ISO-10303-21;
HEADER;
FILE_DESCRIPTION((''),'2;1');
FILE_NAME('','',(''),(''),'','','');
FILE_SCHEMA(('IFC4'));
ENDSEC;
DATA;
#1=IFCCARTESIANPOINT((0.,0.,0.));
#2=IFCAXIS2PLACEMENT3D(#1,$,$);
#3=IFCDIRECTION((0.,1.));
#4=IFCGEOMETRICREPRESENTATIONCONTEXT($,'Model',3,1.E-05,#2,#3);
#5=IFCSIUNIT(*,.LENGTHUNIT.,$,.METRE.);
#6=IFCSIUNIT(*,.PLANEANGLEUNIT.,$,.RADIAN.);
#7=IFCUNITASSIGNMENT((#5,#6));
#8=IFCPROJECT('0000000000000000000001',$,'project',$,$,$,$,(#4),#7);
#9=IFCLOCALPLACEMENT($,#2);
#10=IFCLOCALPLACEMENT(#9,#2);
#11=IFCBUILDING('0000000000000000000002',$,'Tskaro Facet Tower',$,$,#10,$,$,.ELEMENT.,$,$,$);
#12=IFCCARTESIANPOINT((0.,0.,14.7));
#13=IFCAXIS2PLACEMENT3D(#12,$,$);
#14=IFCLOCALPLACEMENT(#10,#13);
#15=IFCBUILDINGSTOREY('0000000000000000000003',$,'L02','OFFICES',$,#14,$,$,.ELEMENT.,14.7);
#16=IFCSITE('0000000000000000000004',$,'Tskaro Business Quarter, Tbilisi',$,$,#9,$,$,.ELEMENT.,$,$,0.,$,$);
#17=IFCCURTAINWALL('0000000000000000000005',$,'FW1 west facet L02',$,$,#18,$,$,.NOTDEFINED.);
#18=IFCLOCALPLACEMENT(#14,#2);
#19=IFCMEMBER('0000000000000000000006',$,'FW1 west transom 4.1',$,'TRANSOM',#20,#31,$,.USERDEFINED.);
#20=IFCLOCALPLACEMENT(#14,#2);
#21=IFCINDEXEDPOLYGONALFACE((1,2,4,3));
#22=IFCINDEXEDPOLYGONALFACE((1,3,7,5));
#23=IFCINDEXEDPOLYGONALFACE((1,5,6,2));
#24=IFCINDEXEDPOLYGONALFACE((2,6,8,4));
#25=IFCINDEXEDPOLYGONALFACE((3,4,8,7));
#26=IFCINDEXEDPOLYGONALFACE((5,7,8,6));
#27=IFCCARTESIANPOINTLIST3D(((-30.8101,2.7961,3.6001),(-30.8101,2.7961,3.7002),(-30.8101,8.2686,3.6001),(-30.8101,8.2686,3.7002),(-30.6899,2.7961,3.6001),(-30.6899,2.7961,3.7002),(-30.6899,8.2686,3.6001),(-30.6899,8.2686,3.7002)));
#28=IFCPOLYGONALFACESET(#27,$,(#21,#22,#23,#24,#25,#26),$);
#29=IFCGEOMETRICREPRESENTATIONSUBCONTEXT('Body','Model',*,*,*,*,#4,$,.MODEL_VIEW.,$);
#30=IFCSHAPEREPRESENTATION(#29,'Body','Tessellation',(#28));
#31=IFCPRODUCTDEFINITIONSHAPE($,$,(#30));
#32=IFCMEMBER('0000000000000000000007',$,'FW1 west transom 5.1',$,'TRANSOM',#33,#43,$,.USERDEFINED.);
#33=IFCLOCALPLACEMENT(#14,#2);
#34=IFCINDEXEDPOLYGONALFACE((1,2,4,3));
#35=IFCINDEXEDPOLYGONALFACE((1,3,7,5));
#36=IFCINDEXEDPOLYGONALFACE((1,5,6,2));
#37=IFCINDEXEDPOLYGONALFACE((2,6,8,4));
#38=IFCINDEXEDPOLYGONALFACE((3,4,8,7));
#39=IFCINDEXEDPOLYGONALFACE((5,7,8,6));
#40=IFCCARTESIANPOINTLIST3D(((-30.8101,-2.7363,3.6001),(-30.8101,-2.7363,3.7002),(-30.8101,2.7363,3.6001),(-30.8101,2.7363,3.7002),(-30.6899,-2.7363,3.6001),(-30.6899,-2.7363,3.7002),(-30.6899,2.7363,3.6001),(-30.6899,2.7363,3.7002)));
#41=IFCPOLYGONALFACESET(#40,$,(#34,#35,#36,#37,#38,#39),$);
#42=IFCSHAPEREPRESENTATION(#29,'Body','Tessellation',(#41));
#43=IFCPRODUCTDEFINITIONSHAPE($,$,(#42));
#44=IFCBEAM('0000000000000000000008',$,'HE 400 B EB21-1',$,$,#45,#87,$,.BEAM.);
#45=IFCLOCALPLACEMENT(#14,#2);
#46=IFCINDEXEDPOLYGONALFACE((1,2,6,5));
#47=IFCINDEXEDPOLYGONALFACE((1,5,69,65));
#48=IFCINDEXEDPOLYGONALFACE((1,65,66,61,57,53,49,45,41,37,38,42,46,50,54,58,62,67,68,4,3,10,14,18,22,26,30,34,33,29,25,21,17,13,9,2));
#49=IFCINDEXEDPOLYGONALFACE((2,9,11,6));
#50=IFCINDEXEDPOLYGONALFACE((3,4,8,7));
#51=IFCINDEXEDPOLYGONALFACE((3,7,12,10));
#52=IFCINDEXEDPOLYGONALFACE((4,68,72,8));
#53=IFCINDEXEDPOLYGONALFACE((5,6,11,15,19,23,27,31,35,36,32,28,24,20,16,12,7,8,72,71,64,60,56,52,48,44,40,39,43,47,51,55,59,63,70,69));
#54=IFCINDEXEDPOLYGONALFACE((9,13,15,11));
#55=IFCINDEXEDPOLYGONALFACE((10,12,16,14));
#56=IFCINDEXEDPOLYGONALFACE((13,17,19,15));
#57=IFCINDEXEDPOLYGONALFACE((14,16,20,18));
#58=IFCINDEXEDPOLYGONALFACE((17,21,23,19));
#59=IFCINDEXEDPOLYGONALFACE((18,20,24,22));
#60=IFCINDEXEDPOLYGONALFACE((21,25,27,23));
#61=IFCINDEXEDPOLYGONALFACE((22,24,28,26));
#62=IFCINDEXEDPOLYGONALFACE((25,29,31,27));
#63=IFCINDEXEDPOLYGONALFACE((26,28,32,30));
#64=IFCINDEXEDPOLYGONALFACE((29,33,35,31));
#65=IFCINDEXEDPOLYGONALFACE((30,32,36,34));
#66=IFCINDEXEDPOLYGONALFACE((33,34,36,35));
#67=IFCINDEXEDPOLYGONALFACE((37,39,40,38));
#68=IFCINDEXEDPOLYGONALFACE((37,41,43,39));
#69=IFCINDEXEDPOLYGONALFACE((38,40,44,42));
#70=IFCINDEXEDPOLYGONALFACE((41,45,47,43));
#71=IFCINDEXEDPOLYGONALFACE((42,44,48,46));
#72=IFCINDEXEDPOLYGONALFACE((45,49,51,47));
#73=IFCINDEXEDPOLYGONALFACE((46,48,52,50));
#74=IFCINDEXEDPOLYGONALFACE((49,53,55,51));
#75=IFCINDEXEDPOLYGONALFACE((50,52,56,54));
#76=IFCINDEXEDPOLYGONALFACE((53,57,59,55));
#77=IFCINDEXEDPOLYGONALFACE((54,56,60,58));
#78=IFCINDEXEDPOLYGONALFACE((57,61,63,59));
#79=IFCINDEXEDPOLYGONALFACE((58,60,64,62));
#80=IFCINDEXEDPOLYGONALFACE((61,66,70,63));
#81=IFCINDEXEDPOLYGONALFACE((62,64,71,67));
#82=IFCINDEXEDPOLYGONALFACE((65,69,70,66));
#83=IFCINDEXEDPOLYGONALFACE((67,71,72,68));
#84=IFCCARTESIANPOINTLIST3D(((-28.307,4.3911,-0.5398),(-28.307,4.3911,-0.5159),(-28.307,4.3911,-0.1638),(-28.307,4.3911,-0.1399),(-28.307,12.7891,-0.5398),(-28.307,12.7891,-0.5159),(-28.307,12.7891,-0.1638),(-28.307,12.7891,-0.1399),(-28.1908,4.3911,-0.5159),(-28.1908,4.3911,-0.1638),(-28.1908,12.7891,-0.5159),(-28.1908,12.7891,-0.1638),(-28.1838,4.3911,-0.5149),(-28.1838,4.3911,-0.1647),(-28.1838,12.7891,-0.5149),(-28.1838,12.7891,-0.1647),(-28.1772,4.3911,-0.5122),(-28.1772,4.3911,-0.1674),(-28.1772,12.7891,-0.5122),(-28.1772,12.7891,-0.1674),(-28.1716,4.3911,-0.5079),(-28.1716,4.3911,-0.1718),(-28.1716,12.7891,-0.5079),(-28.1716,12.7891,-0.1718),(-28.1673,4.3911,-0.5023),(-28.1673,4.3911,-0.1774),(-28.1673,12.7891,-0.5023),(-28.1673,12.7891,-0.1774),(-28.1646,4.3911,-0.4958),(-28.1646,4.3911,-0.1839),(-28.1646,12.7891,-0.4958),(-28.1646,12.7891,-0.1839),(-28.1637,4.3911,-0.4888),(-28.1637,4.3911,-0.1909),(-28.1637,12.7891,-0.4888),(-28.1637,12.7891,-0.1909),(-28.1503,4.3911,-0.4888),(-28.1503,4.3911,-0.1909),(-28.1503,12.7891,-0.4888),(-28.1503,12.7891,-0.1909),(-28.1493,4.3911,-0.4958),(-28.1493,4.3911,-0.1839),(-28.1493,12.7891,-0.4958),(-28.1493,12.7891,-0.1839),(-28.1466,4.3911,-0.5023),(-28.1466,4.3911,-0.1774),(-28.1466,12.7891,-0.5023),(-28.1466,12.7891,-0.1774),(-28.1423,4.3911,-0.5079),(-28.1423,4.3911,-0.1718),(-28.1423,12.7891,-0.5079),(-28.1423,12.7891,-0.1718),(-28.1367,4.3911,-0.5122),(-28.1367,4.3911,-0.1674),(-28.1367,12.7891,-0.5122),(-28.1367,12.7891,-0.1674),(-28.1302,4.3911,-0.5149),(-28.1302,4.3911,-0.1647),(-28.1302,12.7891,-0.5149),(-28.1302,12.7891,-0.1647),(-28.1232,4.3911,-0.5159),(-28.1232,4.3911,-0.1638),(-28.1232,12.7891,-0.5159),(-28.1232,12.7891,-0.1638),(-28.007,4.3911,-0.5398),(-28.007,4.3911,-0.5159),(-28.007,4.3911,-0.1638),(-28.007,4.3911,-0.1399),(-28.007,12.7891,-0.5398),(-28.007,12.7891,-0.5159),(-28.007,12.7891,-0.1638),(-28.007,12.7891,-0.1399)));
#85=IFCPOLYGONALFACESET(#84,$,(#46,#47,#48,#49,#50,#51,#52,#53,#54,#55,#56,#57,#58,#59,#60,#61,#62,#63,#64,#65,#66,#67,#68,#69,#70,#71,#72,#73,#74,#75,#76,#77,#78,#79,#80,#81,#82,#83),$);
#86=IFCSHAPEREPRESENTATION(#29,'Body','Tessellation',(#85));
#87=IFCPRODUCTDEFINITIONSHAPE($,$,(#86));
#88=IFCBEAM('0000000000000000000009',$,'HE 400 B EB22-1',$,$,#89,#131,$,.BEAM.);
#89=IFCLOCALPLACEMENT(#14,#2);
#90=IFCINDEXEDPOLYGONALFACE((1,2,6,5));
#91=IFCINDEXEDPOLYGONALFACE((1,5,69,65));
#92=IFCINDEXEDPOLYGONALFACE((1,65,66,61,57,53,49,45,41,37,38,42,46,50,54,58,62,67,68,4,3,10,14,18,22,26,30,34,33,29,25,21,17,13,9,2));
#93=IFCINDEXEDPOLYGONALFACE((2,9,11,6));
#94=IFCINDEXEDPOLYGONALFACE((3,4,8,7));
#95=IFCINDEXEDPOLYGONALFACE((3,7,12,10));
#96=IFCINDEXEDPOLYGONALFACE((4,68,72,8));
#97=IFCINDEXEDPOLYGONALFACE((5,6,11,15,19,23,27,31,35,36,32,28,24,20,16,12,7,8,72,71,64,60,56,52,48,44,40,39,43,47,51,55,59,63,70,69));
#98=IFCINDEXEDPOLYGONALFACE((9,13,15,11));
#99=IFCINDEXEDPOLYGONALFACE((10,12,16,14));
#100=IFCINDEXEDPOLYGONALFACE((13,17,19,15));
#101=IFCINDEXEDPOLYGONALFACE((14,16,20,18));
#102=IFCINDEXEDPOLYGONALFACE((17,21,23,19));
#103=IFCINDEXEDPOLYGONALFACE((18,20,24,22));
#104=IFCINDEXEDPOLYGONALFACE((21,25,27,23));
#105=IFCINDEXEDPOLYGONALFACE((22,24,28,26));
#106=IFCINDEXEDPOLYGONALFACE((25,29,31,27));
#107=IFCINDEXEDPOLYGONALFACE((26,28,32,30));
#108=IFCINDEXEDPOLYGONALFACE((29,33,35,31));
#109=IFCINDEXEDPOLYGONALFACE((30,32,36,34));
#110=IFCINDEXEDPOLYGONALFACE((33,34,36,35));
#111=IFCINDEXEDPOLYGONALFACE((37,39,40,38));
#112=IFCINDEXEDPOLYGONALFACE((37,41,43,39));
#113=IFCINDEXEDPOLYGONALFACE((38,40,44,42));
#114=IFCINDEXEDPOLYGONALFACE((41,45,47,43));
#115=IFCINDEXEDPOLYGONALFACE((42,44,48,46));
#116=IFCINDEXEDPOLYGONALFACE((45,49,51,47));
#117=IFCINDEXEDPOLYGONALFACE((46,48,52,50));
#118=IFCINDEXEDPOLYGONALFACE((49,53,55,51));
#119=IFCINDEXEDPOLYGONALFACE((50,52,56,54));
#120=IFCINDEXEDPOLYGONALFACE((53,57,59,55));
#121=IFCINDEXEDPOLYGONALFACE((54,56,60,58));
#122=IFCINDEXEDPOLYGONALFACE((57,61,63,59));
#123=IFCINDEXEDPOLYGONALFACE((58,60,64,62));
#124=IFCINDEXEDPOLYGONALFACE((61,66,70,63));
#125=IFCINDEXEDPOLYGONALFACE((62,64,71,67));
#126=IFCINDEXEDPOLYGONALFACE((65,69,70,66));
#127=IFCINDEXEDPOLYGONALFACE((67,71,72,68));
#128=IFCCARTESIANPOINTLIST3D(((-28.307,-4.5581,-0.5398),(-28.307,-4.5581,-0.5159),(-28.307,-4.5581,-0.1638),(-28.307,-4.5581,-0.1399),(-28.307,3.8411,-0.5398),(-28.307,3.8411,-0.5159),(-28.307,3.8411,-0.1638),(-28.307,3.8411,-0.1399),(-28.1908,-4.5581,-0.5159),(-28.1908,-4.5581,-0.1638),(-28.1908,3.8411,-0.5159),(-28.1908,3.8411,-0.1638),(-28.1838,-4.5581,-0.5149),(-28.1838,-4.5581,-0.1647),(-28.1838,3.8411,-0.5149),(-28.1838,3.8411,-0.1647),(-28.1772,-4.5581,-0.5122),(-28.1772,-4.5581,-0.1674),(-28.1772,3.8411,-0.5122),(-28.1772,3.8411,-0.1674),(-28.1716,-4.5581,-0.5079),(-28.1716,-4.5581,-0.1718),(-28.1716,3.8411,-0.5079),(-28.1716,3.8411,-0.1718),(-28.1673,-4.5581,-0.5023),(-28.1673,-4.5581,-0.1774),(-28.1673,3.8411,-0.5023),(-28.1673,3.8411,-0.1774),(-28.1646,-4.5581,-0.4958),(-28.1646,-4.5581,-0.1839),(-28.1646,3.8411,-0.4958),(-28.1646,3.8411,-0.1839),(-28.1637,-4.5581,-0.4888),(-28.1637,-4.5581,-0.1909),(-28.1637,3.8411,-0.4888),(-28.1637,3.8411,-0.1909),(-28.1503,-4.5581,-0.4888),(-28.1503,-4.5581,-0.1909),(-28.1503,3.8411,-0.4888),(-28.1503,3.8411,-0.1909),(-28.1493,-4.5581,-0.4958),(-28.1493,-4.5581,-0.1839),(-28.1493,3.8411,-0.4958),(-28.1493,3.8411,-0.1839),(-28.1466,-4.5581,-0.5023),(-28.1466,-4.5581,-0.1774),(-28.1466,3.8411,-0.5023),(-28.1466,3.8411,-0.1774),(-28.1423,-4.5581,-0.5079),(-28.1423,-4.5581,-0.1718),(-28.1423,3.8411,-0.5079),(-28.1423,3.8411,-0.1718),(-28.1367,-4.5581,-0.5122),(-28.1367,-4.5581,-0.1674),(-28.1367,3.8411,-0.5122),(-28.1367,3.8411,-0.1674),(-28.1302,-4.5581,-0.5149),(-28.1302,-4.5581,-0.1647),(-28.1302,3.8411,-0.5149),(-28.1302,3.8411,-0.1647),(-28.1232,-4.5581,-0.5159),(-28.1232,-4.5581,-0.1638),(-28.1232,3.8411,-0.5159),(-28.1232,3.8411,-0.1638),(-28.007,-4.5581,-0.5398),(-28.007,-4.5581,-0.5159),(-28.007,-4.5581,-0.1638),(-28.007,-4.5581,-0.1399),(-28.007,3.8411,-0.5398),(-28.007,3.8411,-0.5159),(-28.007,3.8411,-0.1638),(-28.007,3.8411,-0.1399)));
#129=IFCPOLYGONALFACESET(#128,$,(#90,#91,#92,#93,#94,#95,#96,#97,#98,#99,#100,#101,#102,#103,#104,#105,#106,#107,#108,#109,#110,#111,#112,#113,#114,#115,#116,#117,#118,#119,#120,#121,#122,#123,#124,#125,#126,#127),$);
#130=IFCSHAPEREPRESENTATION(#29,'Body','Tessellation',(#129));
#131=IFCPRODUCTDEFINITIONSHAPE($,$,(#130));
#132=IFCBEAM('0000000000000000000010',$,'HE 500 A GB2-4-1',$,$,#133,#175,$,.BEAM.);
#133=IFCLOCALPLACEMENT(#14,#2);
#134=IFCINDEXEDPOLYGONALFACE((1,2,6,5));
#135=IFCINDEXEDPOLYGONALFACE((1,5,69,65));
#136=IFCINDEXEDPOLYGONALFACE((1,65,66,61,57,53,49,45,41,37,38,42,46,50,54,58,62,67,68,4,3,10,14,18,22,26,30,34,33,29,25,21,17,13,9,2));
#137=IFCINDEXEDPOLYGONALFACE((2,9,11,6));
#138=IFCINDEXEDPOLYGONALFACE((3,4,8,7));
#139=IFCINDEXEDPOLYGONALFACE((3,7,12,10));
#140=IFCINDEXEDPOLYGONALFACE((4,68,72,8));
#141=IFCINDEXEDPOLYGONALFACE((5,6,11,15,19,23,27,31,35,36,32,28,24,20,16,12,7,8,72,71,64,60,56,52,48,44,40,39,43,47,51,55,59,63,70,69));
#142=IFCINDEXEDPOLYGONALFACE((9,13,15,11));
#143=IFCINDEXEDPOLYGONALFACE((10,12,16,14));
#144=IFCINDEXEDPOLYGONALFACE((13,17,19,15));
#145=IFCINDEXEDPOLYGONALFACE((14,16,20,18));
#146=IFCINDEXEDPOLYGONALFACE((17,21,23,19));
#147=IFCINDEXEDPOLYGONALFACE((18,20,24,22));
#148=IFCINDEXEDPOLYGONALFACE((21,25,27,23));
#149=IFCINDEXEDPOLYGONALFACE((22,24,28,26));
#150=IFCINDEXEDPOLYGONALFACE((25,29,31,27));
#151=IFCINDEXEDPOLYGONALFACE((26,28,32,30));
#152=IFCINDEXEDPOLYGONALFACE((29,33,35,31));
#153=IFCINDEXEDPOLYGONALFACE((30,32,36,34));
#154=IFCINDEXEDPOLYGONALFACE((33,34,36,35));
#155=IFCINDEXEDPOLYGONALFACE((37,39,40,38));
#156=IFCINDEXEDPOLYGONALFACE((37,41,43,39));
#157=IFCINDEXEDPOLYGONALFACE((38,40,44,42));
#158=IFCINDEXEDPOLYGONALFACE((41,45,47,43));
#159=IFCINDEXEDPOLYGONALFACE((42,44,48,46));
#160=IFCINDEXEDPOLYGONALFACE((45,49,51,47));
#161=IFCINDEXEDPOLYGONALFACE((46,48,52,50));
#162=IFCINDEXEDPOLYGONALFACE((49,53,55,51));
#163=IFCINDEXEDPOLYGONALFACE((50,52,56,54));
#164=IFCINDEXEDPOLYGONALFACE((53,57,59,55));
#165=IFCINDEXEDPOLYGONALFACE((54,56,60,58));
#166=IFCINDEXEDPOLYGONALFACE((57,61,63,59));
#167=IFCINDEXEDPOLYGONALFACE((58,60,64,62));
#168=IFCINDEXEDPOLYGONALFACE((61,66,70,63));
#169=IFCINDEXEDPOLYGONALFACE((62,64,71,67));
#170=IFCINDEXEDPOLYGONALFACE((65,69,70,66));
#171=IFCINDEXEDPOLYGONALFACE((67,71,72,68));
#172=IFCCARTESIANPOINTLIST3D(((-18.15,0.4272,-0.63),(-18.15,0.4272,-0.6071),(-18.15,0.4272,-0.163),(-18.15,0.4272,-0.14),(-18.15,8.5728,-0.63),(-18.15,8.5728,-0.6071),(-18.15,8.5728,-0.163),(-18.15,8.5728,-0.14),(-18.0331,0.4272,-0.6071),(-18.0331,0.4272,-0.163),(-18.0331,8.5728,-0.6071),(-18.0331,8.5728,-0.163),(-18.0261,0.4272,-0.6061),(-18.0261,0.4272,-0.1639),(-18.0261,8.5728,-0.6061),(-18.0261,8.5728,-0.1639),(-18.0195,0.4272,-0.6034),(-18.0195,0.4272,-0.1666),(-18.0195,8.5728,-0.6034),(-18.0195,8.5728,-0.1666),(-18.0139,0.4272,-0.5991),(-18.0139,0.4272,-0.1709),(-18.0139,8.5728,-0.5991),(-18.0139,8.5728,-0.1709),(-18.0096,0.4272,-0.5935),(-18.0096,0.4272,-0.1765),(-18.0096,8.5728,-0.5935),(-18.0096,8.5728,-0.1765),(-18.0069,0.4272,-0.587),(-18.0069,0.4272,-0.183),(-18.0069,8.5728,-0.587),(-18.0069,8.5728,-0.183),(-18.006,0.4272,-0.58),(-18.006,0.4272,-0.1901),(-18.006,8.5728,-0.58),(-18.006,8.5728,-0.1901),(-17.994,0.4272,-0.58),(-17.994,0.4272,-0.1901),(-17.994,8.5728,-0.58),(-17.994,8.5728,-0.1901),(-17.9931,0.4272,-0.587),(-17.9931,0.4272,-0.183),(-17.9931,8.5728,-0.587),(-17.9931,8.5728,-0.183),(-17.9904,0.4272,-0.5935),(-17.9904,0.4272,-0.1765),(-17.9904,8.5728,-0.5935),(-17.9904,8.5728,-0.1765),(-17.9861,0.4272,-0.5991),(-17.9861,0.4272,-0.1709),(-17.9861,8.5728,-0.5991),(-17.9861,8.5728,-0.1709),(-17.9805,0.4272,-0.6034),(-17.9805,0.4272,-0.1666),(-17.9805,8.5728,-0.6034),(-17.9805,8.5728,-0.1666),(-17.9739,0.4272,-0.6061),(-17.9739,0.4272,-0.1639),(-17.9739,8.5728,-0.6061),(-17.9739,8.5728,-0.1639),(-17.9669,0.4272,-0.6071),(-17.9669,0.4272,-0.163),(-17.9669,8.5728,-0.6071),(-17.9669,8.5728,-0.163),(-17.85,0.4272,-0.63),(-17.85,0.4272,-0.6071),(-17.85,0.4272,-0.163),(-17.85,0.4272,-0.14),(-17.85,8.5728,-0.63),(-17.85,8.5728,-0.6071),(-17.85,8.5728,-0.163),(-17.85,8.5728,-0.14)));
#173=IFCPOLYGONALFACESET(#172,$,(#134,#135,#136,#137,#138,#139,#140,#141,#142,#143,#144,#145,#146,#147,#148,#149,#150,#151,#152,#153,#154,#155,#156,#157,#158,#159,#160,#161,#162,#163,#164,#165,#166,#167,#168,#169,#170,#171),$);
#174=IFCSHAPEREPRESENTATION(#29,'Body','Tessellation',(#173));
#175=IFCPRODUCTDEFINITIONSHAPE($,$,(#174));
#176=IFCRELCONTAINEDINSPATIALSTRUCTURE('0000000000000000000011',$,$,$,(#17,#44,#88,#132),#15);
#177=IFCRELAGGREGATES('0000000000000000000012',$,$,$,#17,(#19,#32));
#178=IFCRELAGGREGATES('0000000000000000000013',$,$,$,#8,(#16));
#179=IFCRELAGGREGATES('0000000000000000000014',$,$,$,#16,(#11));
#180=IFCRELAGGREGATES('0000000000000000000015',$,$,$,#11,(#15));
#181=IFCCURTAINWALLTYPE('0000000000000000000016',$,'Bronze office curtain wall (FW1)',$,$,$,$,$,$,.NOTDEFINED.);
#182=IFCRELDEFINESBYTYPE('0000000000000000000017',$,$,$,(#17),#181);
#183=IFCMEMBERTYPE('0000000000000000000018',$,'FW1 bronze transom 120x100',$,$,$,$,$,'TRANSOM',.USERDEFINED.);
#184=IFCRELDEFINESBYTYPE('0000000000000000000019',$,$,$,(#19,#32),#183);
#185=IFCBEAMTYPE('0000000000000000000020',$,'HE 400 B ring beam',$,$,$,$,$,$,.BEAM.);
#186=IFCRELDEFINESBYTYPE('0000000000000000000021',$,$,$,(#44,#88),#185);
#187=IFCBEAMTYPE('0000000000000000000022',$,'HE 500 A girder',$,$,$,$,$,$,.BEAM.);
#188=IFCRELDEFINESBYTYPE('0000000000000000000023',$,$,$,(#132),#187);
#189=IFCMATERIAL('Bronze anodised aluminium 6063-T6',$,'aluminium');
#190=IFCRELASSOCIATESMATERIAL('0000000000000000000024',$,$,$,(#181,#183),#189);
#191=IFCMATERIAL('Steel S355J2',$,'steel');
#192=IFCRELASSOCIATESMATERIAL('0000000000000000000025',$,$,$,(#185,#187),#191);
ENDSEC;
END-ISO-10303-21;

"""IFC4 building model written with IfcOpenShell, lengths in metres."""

from ifc_helpers import new_model, si_unit, direction, frame, origin, origin_2d, place, context, subcontext, project, spatial, rectangle, i_section, extrude, material, material_profile, profile_set, type_object, element, aggregate, save


model = new_model("IFC4")

# Units and contexts
model_context = context("Model", 3, precision=1e-05, world=origin(), true_north=direction((0.0, 1.0)))
body_context = subcontext(model_context, "Body", "Model", "MODEL_VIEW")
ifc_project = project(units=[si_unit("LENGTHUNIT", "METRE"), si_unit("PLANEANGLEUNIT", "RADIAN")], contexts=[model_context])

# Site, building, storey
site_placement = place(None, origin())
site = spatial("IfcSite", under=ifc_project, at=site_placement, Name="Tskaro Business Quarter, Tbilisi", CompositionType="ELEMENT", RefElevation=0.0)
building_placement = place(site_placement, origin())
building = spatial("IfcBuilding", under=site, at=building_placement, Name="Tskaro Facet Tower", CompositionType="ELEMENT")
storey_placement = place(building_placement, frame((0.0, 0.0, 14.7)))
storey = spatial("IfcBuildingStorey", under=building, at=storey_placement, Name="L02", Description="OFFICES", CompositionType="ELEMENT", Elevation=14.7)

# Curtain wall, members
ifc_material_1 = material(Name="Bronze anodised aluminium 6063-T6", Category="aluminium")
curtain_wall_type = type_object("IfcCurtainWallType", Name="Bronze office curtain wall (FW1)", PredefinedType="NOTDEFINED", material=ifc_material_1)
curtain_wall_placement = place(storey_placement, origin())
curtain_wall = element("IfcCurtainWall", 1, at=curtain_wall_placement, inside=storey, type_object=curtain_wall_type, Name="FW1 west facet L02", PredefinedType="NOTDEFINED")
ifc_material_profile_1 = material_profile(ifc_material_1, rectangle(XDim=0.1201, YDim=0.1001, at=origin_2d()), Name="Transom 120x100")
ifc_profile_set_1 = profile_set([ifc_material_profile_1], Name="Bronze anodised aluminium 6063-T6")
member_type_1 = type_object("IfcMemberType", Name="FW1 bronze transom 120x100", ElementType="TRANSOM", PredefinedType="USERDEFINED", material=ifc_profile_set_1)
member_1_placement = place(storey_placement, frame((-30.75, 8.2686, 3.6501), z_axis=(0.0, -1.0, 0.0), x_axis=(1.0, 0.0, 0.0)))
member_1 = element("IfcMember", 2, at=member_1_placement, type_object=member_type_1, Name="FW1 west transom 4.1", ObjectType="TRANSOM", PredefinedType="USERDEFINED", context=body_context, shape_type="SweptSolid", body=[
    extrude(rectangle(XDim=0.1201, YDim=0.1001, at=origin_2d()), origin(), (0.0, 0.0, 1.0), 5.4724),
])
member_2_placement = place(storey_placement, frame((-30.75, 2.7363, 3.6501), z_axis=(0.0, -1.0, 0.0), x_axis=(1.0, 0.0, 0.0)))
member_2 = element("IfcMember", 3, at=member_2_placement, type_object=member_type_1, Name="FW1 west transom 5.1", ObjectType="TRANSOM", PredefinedType="USERDEFINED", context=body_context, shape_type="SweptSolid", body=[
    extrude(rectangle(XDim=0.1201, YDim=0.1001, at=origin_2d()), origin(), (0.0, 0.0, 1.0), 5.4727),
])

# Beams
ifc_material_2 = material(Name="Steel S355J2", Category="steel")
ifc_material_profile_2 = material_profile(ifc_material_2, i_section(OverallWidth=0.3, OverallDepth=0.3999, WebThickness=0.0134, FlangeThickness=0.0239, FilletRadius=0.0271, at=origin_2d()), Name="HE 400 B")
ifc_profile_set_2 = profile_set([ifc_material_profile_2], Name="Steel S355J2")
beam_type_1 = type_object("IfcBeamType", Name="HE 400 B ring beam", PredefinedType="BEAM", material=ifc_profile_set_2)
beam_1_placement = place(storey_placement, frame((-28.157, 12.7891, -0.3398), z_axis=(0.0, -1.0, 0.0), x_axis=(1.0, 0.0, 0.0)))
element("IfcBeam", 4, at=beam_1_placement, inside=storey, type_object=beam_type_1, Name="HE 400 B EB21-1", PredefinedType="BEAM", context=body_context, shape_type="SweptSolid", body=[
    extrude(i_section(OverallWidth=0.3, OverallDepth=0.3999, WebThickness=0.0134, FlangeThickness=0.0239, FilletRadius=0.0271, at=origin_2d()), origin(), (0.0, 0.0, 1.0), 8.3979),
])
beam_2_placement = place(storey_placement, frame((-28.157, 3.8411, -0.3398), z_axis=(0.0, -1.0, 0.0), x_axis=(1.0, 0.0, 0.0)))
element("IfcBeam", 5, at=beam_2_placement, inside=storey, type_object=beam_type_1, Name="HE 400 B EB22-1", PredefinedType="BEAM", context=body_context, shape_type="SweptSolid", body=[
    extrude(i_section(OverallWidth=0.3, OverallDepth=0.3999, WebThickness=0.0134, FlangeThickness=0.0239, FilletRadius=0.0271, at=origin_2d()), origin(), (0.0, 0.0, 1.0), 8.3992),
])
ifc_material_profile_3 = material_profile(ifc_material_2, i_section(OverallWidth=0.3, OverallDepth=0.49, WebThickness=0.012, FlangeThickness=0.0229, FilletRadius=0.0271, at=origin_2d()), Name="HE 500 A")
ifc_profile_set_3 = profile_set([ifc_material_profile_3], Name="Steel S355J2")
beam_type_2 = type_object("IfcBeamType", Name="HE 500 A girder", PredefinedType="BEAM", material=ifc_profile_set_3)
for number, where, z_axis, x_axis, name in (
    (6, (-18.0, 0.4272, -0.385), (0.0, 1.0, 0.0), (-1.0, 0.0, 0.0), "HE 500 A GB2-4-1"),
):
    element("IfcBeam", number, at=place(storey_placement, frame(where, z_axis=z_axis, x_axis=x_axis)), inside=storey, type_object=beam_type_2, Name=name, PredefinedType="BEAM", context=body_context, shape_type="SweptSolid", body=[
        extrude(i_section(OverallWidth=0.3, OverallDepth=0.49, WebThickness=0.012, FlangeThickness=0.0229, FilletRadius=0.0271, at=origin_2d()), origin(), (0.0, 0.0, 1.0), 8.1455),
    ])

aggregate(curtain_wall, [member_1, member_2])

save(model, "model.ifc")
